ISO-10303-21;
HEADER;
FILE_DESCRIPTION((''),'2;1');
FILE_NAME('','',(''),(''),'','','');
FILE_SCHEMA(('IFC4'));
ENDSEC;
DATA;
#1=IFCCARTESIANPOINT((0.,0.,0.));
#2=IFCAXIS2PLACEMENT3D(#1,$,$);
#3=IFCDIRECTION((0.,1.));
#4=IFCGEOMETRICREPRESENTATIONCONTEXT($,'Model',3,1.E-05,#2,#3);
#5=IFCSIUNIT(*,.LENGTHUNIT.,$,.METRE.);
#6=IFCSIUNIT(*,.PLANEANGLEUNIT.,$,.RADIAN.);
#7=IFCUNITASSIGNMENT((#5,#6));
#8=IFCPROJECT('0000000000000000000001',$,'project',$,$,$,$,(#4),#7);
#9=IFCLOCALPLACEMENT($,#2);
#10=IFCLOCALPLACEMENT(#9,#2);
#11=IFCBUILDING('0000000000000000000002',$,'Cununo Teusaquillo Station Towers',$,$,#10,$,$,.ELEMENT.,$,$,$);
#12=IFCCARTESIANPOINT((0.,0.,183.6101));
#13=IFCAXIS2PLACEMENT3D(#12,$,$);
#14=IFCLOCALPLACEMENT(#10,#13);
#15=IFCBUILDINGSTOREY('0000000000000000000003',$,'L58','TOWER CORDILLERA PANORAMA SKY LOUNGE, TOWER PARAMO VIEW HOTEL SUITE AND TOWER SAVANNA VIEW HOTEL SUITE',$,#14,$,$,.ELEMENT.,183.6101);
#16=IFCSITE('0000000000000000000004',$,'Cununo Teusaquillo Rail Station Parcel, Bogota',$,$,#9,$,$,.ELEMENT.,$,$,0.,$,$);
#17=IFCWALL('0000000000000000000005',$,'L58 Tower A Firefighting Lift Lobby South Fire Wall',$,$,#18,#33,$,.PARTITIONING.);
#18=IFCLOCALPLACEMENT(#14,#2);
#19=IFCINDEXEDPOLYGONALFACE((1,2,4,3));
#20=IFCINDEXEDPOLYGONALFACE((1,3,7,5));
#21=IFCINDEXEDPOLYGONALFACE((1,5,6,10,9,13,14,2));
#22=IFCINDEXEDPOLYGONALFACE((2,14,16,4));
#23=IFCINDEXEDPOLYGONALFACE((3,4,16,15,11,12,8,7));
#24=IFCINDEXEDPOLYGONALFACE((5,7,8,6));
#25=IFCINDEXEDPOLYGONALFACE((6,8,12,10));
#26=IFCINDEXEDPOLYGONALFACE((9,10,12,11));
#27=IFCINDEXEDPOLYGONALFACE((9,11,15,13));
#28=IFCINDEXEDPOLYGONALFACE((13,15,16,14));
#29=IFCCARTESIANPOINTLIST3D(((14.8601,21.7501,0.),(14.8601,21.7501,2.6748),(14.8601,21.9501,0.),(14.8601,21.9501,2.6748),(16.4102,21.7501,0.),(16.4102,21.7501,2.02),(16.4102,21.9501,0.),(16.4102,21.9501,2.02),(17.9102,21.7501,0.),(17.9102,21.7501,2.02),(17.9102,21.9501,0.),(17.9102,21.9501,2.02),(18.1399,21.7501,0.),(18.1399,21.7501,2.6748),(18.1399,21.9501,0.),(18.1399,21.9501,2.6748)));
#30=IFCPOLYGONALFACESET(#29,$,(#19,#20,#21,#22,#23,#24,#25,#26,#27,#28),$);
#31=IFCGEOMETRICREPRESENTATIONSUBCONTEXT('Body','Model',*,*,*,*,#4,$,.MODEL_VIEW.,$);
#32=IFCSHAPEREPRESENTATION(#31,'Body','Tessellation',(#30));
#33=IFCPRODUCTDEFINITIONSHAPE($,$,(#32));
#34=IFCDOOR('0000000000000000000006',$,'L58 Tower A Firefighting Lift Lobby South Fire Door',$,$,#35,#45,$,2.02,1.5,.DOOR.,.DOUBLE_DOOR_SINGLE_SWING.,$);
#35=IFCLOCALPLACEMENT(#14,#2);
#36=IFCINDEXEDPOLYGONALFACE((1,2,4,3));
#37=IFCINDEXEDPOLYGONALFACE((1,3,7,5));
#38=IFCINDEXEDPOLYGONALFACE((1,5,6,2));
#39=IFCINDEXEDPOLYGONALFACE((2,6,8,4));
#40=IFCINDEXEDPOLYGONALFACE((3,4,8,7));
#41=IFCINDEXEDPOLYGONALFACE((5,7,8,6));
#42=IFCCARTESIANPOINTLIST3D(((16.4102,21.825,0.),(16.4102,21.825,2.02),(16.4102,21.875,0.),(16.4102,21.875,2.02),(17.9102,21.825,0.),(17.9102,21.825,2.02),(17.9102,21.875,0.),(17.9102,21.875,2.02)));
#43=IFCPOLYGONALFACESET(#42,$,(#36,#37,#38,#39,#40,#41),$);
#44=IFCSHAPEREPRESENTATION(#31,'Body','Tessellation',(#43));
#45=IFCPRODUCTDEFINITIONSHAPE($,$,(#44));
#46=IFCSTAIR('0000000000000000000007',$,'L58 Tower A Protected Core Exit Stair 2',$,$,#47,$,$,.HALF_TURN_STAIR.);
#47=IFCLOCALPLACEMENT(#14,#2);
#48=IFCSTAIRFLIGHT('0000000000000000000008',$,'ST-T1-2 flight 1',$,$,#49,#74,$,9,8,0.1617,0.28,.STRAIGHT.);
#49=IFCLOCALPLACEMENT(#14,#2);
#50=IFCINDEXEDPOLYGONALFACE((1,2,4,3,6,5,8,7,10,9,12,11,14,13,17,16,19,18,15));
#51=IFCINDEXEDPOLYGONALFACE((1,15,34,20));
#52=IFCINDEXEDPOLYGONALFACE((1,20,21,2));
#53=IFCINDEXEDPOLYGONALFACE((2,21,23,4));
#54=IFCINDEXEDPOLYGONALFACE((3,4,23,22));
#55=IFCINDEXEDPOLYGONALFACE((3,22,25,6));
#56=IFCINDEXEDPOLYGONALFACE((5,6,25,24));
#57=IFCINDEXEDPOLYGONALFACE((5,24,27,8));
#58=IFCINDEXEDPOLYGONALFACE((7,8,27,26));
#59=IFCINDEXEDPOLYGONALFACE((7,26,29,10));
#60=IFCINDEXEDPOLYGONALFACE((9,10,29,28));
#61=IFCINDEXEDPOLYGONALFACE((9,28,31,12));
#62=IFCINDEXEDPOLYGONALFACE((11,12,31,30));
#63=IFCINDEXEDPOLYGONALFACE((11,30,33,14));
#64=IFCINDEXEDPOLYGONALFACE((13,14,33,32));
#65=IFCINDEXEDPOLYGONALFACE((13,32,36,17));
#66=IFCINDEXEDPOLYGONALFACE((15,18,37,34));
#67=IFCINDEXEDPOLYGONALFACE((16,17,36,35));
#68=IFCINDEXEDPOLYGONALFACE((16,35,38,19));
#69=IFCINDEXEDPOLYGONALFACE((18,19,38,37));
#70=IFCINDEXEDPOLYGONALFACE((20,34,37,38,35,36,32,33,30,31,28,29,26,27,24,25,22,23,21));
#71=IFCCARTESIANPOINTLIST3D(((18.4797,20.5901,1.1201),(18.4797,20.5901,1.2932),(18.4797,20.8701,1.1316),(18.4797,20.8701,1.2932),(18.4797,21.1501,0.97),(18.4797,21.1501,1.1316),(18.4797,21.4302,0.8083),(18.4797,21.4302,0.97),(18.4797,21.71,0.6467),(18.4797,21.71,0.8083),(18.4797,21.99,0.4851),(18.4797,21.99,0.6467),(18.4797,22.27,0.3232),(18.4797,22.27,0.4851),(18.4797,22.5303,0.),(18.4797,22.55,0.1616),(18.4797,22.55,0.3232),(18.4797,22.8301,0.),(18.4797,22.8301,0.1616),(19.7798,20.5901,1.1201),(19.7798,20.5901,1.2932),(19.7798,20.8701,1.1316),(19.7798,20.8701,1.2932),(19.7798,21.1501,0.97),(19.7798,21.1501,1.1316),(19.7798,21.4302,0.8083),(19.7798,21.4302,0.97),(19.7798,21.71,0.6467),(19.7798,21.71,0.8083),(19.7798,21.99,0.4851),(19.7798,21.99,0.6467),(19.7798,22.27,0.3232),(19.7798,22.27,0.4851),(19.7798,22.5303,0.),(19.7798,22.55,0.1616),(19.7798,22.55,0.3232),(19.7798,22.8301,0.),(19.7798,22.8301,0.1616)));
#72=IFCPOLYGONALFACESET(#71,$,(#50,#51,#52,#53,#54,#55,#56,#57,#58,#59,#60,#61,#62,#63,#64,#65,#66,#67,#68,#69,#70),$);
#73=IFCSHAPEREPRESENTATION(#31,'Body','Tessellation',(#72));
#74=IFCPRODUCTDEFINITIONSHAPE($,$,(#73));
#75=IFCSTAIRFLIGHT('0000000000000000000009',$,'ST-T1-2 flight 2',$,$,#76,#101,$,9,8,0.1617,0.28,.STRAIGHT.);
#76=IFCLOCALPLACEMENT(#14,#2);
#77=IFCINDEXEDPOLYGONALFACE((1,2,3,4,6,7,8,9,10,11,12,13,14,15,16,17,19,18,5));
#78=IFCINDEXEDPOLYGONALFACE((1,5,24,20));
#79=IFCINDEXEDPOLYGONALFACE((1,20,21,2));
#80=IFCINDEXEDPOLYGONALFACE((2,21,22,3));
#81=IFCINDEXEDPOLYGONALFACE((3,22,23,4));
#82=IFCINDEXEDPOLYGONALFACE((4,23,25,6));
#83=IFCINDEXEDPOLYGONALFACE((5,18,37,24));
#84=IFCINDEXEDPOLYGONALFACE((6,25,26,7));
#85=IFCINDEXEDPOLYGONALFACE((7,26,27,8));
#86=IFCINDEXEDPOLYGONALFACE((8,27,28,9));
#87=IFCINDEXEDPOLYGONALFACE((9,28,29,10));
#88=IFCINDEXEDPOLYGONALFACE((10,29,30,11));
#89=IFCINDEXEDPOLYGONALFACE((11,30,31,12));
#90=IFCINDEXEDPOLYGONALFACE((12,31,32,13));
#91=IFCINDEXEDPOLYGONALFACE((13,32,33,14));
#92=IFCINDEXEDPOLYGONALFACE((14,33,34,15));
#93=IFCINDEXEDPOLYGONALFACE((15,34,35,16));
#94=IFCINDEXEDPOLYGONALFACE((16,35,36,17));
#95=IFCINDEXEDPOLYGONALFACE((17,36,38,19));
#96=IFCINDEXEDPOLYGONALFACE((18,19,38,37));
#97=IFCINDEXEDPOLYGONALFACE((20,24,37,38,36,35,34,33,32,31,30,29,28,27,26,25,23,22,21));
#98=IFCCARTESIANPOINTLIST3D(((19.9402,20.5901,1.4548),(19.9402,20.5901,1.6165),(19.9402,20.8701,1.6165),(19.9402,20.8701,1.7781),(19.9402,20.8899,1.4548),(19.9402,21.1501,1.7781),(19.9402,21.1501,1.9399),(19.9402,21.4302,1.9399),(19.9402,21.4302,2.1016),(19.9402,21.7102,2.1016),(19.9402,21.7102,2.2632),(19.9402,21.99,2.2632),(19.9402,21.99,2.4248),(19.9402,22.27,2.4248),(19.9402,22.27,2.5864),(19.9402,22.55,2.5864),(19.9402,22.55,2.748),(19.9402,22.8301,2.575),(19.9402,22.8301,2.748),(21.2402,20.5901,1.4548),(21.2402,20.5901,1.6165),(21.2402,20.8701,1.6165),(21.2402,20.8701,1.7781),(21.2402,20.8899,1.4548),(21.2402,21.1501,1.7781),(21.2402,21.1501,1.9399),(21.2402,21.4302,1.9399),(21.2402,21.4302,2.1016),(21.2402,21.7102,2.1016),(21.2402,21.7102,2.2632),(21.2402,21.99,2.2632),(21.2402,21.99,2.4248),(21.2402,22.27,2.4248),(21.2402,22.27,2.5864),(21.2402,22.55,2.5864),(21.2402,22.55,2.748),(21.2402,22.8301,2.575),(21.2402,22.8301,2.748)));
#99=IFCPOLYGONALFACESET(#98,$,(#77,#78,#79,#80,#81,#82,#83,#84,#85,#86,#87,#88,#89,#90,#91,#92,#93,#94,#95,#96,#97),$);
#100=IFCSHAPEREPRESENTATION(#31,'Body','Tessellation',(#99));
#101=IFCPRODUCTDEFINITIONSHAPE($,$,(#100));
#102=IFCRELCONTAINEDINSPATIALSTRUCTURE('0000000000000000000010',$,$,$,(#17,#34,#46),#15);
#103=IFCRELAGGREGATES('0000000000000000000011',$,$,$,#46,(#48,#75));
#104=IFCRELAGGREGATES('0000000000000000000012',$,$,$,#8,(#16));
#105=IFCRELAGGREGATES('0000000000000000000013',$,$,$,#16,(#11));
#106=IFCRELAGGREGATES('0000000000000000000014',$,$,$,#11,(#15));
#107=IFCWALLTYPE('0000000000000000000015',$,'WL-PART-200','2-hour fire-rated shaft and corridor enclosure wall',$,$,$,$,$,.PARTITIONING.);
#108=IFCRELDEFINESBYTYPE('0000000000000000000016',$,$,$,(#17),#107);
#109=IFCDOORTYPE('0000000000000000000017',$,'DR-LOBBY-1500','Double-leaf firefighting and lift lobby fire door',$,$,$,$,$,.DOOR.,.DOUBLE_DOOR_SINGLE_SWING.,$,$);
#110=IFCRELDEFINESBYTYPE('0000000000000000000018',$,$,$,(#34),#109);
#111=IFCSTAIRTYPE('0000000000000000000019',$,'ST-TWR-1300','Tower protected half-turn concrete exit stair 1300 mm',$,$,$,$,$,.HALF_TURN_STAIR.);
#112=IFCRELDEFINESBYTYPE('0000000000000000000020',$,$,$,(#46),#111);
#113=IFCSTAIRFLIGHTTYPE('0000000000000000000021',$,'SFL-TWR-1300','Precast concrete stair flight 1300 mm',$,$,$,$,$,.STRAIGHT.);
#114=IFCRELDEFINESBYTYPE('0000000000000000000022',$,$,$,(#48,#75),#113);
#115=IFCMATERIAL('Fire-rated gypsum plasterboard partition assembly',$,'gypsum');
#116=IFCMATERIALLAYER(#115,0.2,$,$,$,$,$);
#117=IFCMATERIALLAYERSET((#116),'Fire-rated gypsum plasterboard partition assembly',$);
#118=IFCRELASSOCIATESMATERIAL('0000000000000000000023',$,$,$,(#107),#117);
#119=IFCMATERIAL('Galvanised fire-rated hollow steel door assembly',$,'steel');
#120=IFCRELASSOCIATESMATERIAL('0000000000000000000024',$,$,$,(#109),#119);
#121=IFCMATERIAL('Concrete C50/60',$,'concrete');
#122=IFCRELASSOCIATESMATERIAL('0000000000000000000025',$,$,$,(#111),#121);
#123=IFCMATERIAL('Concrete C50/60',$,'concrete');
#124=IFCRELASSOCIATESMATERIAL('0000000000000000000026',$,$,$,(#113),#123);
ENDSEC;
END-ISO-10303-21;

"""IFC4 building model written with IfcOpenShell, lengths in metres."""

from ifc_helpers import new_model, si_unit, direction, frame, frame_2d, origin, place, context, subcontext, project, spatial, polyline, rectangle, outline, extrude, source, transform, mapped, material, layer, layer_set, type_object, element, fill, aggregate, save


model = new_model("IFC4")

# Units and contexts
model_context = context("Model", 3, precision=1e-05, world=origin(), true_north=direction((0.0, 1.0)))
body_context = subcontext(model_context, "Body", "Model", "MODEL_VIEW")
ifc_project = project(units=[si_unit("LENGTHUNIT", "METRE"), si_unit("PLANEANGLEUNIT", "RADIAN")], contexts=[model_context])

# Site, building, storey
site_placement = place(None, origin())
site = spatial("IfcSite", under=ifc_project, at=site_placement, Name="Cununo Teusaquillo Rail Station Parcel, Bogota", CompositionType="ELEMENT", RefElevation=0.0)
building_placement = place(site_placement, origin())
building = spatial("IfcBuilding", under=site, at=building_placement, Name="Cununo Teusaquillo Station Towers", CompositionType="ELEMENT")
storey_placement = place(building_placement, frame((0.0, 0.0, 183.6101)))
storey = spatial("IfcBuildingStorey", under=building, at=storey_placement, Name="L58", Description="TOWER CORDILLERA PANORAMA SKY LOUNGE, TOWER PARAMO VIEW HOTEL SUITE AND TOWER SAVANNA VIEW HOTEL SUITE", CompositionType="ELEMENT", Elevation=183.6101)

# Wall, opening, door
ifc_material_1 = material(Name="Fire-rated gypsum plasterboard partition assembly", Category="gypsum")
ifc_layer_1 = layer(ifc_material_1, 0.2)
ifc_layer_set_1 = layer_set([ifc_layer_1], Name="Fire-rated gypsum plasterboard partition assembly")
wall_type_1 = type_object("IfcWallType", Name="WL-PART-200", Description="2-hour fire-rated shaft and corridor enclosure wall", PredefinedType="PARTITIONING", material=ifc_layer_set_1)
wall_1_placement = place(storey_placement, frame((14.8601, 21.8501, 0.0), z_axis=(0.0, 0.0, 1.0), x_axis=(1.0, 0.0, 0.0)))
wall_1 = element("IfcWall", 1, at=wall_1_placement, inside=storey, type_object=wall_type_1, Name="L58 Tower A Firefighting Lift Lobby South Fire Wall", PredefinedType="PARTITIONING", context=body_context, shape_type="SweptSolid", body=[
    extrude(rectangle(XDim=3.2798, YDim=0.2, at=frame_2d((1.6399, 0.0))), origin(), (0.0, 0.0, 1.0), 2.6748),
])
shared_shape_1 = source(origin(), body_context, "Body", "SweptSolid", [
    extrude(rectangle(XDim=1.5, YDim=2.02, at=frame_2d((0.75, 1.01))), frame((0.0, 0.1099, 0.0), z_axis=(0.0, -1.0, 0.0), x_axis=(1.0, 0.0, 0.0)), (0.0, 0.0, 1.0), 0.22),
])
opening_1_placement = place(wall_1_placement, frame((1.55, 0.0, 0.0)))
opening_1 = element("IfcOpeningElement", 2, at=opening_1_placement, cuts=wall_1, PredefinedType="OPENING", context=body_context, shape_type="MappedRepresentation", body=[
    mapped(shared_shape_1, transform((0.0, 0.0, 0.0), x_axis=(1.0, 0.0, 0.0), y_axis=(0.0, 1.0, 0.0), z_axis=(0.0, 0.0, 1.0), scale=1.0)),
])
ifc_material_2 = material(Name="Galvanised fire-rated hollow steel door assembly", Category="steel")
door_type_1 = type_object("IfcDoorType", Name="DR-LOBBY-1500", Description="Double-leaf firefighting and lift lobby fire door", OperationType="DOUBLE_DOOR_SINGLE_SWING", PredefinedType="DOOR", material=ifc_material_2)
shared_shape_2 = source(origin(), body_context, "Body", "SweptSolid", [
    extrude(rectangle(XDim=1.5, YDim=2.02, at=frame_2d((0.75, 1.01))), frame((0.0, 0.0249, 0.0), z_axis=(0.0, -1.0, 0.0), x_axis=(1.0, 0.0, 0.0)), (0.0, 0.0, 1.0), 0.05),
])
door_1_placement = place(opening_1_placement, origin())
door_1 = element("IfcDoor", 3, at=door_1_placement, inside=storey, type_object=door_type_1, Name="L58 Tower A Firefighting Lift Lobby South Fire Door", OperationType="DOUBLE_DOOR_SINGLE_SWING", OverallHeight=2.02, OverallWidth=1.5, PredefinedType="DOOR", context=body_context, shape_type="MappedRepresentation", body=[
    mapped(shared_shape_2, transform((0.0, 0.0, 0.0), x_axis=(1.0, 0.0, 0.0), y_axis=(0.0, 1.0, 0.0), z_axis=(0.0, 0.0, 1.0), scale=1.0)),
])
fill(opening_1, door_1)

# Stair, stair flights
ifc_material_3 = material(Name="Concrete C50/60", Category="concrete")
stair_type = type_object("IfcStairType", Name="ST-TWR-1300", Description="Tower protected half-turn concrete exit stair 1300 mm", PredefinedType="HALF_TURN_STAIR", material=ifc_material_3)
stair_placement = place(storey_placement, origin())
stair = element("IfcStair", 4, at=stair_placement, inside=storey, type_object=stair_type, Name="L58 Tower A Protected Core Exit Stair 2", PredefinedType="HALF_TURN_STAIR")
ifc_material_4 = material(Name="Concrete C50/60", Category="concrete")
stair_flight_type = type_object("IfcStairFlightType", Name="SFL-TWR-1300", Description="Precast concrete stair flight 1300 mm", PredefinedType="STRAIGHT", material=ifc_material_4)
stair_flight_1_placement = place(storey_placement, frame((19.1299, 22.8301, 0.0), z_axis=(0.0, 0.0, 1.0), x_axis=(0.0, -1.0, 0.0)))
stair_flight_1 = element("IfcStairFlight", 5, at=stair_flight_1_placement, type_object=stair_flight_type, Name="ST-T1-2 flight 1", NumberOfRisers=9, NumberOfTreads=8, PredefinedType="STRAIGHT", RiserHeight=0.1617, TreadLength=0.28, context=body_context, shape_type="SweptSolid", body=[
    extrude(outline(polyline([(0.0, 0.0), (0.0, 0.1616), (0.28, 0.1616), (0.28, 0.3232), (0.5601, 0.3232), (0.5601, 0.4851), (0.8401, 0.4851), (0.8401, 0.6467), (1.1201, 0.6467), (1.1201, 0.8083), (1.3999, 0.8083), (1.3999, 0.97), (1.6799, 0.97), (1.6799, 1.1316), (1.96, 1.1316), (1.96, 1.2932), (2.24, 1.2932), (2.24, 1.4551), (2.24, 1.1201), (0.2998, 0.0), (0.0, 0.0)])), frame((0.0, 0.6499, 0.0), z_axis=(0.0, -1.0, 0.0), x_axis=(1.0, 0.0, 0.0)), (0.0, 0.0, 1.0), 1.3),
])
stair_flight_2_placement = place(storey_placement, frame((20.5901, 20.5901, 1.4548), z_axis=(0.0, 0.0, 1.0), x_axis=(0.0, 1.0, 0.0)))
stair_flight_2 = element("IfcStairFlight", 6, at=stair_flight_2_placement, type_object=stair_flight_type, Name="ST-T1-2 flight 2", NumberOfRisers=9, NumberOfTreads=8, PredefinedType="STRAIGHT", RiserHeight=0.1617, TreadLength=0.28, context=body_context, shape_type="SweptSolid", body=[
    extrude(outline(polyline([(0.0, 0.0), (0.0, 0.1616), (0.28, 0.1616), (0.28, 0.3232), (0.5601, 0.3232), (0.5601, 0.4851), (0.8401, 0.4851), (0.8401, 0.6467), (1.1201, 0.6467), (1.1201, 0.8083), (1.3999, 0.8083), (1.3999, 0.97), (1.6799, 0.97), (1.6799, 1.1316), (1.96, 1.1316), (1.96, 1.2932), (2.24, 1.2932), (2.24, 1.4551), (2.24, 1.1201), (0.2998, 0.0), (0.0, 0.0)])), frame((0.0, 0.6499, 0.0), z_axis=(0.0, -1.0, 0.0), x_axis=(1.0, 0.0, 0.0)), (0.0, 0.0, 1.0), 1.3),
])
aggregate(stair, [stair_flight_1, stair_flight_2])

save(model, "model.ifc")
